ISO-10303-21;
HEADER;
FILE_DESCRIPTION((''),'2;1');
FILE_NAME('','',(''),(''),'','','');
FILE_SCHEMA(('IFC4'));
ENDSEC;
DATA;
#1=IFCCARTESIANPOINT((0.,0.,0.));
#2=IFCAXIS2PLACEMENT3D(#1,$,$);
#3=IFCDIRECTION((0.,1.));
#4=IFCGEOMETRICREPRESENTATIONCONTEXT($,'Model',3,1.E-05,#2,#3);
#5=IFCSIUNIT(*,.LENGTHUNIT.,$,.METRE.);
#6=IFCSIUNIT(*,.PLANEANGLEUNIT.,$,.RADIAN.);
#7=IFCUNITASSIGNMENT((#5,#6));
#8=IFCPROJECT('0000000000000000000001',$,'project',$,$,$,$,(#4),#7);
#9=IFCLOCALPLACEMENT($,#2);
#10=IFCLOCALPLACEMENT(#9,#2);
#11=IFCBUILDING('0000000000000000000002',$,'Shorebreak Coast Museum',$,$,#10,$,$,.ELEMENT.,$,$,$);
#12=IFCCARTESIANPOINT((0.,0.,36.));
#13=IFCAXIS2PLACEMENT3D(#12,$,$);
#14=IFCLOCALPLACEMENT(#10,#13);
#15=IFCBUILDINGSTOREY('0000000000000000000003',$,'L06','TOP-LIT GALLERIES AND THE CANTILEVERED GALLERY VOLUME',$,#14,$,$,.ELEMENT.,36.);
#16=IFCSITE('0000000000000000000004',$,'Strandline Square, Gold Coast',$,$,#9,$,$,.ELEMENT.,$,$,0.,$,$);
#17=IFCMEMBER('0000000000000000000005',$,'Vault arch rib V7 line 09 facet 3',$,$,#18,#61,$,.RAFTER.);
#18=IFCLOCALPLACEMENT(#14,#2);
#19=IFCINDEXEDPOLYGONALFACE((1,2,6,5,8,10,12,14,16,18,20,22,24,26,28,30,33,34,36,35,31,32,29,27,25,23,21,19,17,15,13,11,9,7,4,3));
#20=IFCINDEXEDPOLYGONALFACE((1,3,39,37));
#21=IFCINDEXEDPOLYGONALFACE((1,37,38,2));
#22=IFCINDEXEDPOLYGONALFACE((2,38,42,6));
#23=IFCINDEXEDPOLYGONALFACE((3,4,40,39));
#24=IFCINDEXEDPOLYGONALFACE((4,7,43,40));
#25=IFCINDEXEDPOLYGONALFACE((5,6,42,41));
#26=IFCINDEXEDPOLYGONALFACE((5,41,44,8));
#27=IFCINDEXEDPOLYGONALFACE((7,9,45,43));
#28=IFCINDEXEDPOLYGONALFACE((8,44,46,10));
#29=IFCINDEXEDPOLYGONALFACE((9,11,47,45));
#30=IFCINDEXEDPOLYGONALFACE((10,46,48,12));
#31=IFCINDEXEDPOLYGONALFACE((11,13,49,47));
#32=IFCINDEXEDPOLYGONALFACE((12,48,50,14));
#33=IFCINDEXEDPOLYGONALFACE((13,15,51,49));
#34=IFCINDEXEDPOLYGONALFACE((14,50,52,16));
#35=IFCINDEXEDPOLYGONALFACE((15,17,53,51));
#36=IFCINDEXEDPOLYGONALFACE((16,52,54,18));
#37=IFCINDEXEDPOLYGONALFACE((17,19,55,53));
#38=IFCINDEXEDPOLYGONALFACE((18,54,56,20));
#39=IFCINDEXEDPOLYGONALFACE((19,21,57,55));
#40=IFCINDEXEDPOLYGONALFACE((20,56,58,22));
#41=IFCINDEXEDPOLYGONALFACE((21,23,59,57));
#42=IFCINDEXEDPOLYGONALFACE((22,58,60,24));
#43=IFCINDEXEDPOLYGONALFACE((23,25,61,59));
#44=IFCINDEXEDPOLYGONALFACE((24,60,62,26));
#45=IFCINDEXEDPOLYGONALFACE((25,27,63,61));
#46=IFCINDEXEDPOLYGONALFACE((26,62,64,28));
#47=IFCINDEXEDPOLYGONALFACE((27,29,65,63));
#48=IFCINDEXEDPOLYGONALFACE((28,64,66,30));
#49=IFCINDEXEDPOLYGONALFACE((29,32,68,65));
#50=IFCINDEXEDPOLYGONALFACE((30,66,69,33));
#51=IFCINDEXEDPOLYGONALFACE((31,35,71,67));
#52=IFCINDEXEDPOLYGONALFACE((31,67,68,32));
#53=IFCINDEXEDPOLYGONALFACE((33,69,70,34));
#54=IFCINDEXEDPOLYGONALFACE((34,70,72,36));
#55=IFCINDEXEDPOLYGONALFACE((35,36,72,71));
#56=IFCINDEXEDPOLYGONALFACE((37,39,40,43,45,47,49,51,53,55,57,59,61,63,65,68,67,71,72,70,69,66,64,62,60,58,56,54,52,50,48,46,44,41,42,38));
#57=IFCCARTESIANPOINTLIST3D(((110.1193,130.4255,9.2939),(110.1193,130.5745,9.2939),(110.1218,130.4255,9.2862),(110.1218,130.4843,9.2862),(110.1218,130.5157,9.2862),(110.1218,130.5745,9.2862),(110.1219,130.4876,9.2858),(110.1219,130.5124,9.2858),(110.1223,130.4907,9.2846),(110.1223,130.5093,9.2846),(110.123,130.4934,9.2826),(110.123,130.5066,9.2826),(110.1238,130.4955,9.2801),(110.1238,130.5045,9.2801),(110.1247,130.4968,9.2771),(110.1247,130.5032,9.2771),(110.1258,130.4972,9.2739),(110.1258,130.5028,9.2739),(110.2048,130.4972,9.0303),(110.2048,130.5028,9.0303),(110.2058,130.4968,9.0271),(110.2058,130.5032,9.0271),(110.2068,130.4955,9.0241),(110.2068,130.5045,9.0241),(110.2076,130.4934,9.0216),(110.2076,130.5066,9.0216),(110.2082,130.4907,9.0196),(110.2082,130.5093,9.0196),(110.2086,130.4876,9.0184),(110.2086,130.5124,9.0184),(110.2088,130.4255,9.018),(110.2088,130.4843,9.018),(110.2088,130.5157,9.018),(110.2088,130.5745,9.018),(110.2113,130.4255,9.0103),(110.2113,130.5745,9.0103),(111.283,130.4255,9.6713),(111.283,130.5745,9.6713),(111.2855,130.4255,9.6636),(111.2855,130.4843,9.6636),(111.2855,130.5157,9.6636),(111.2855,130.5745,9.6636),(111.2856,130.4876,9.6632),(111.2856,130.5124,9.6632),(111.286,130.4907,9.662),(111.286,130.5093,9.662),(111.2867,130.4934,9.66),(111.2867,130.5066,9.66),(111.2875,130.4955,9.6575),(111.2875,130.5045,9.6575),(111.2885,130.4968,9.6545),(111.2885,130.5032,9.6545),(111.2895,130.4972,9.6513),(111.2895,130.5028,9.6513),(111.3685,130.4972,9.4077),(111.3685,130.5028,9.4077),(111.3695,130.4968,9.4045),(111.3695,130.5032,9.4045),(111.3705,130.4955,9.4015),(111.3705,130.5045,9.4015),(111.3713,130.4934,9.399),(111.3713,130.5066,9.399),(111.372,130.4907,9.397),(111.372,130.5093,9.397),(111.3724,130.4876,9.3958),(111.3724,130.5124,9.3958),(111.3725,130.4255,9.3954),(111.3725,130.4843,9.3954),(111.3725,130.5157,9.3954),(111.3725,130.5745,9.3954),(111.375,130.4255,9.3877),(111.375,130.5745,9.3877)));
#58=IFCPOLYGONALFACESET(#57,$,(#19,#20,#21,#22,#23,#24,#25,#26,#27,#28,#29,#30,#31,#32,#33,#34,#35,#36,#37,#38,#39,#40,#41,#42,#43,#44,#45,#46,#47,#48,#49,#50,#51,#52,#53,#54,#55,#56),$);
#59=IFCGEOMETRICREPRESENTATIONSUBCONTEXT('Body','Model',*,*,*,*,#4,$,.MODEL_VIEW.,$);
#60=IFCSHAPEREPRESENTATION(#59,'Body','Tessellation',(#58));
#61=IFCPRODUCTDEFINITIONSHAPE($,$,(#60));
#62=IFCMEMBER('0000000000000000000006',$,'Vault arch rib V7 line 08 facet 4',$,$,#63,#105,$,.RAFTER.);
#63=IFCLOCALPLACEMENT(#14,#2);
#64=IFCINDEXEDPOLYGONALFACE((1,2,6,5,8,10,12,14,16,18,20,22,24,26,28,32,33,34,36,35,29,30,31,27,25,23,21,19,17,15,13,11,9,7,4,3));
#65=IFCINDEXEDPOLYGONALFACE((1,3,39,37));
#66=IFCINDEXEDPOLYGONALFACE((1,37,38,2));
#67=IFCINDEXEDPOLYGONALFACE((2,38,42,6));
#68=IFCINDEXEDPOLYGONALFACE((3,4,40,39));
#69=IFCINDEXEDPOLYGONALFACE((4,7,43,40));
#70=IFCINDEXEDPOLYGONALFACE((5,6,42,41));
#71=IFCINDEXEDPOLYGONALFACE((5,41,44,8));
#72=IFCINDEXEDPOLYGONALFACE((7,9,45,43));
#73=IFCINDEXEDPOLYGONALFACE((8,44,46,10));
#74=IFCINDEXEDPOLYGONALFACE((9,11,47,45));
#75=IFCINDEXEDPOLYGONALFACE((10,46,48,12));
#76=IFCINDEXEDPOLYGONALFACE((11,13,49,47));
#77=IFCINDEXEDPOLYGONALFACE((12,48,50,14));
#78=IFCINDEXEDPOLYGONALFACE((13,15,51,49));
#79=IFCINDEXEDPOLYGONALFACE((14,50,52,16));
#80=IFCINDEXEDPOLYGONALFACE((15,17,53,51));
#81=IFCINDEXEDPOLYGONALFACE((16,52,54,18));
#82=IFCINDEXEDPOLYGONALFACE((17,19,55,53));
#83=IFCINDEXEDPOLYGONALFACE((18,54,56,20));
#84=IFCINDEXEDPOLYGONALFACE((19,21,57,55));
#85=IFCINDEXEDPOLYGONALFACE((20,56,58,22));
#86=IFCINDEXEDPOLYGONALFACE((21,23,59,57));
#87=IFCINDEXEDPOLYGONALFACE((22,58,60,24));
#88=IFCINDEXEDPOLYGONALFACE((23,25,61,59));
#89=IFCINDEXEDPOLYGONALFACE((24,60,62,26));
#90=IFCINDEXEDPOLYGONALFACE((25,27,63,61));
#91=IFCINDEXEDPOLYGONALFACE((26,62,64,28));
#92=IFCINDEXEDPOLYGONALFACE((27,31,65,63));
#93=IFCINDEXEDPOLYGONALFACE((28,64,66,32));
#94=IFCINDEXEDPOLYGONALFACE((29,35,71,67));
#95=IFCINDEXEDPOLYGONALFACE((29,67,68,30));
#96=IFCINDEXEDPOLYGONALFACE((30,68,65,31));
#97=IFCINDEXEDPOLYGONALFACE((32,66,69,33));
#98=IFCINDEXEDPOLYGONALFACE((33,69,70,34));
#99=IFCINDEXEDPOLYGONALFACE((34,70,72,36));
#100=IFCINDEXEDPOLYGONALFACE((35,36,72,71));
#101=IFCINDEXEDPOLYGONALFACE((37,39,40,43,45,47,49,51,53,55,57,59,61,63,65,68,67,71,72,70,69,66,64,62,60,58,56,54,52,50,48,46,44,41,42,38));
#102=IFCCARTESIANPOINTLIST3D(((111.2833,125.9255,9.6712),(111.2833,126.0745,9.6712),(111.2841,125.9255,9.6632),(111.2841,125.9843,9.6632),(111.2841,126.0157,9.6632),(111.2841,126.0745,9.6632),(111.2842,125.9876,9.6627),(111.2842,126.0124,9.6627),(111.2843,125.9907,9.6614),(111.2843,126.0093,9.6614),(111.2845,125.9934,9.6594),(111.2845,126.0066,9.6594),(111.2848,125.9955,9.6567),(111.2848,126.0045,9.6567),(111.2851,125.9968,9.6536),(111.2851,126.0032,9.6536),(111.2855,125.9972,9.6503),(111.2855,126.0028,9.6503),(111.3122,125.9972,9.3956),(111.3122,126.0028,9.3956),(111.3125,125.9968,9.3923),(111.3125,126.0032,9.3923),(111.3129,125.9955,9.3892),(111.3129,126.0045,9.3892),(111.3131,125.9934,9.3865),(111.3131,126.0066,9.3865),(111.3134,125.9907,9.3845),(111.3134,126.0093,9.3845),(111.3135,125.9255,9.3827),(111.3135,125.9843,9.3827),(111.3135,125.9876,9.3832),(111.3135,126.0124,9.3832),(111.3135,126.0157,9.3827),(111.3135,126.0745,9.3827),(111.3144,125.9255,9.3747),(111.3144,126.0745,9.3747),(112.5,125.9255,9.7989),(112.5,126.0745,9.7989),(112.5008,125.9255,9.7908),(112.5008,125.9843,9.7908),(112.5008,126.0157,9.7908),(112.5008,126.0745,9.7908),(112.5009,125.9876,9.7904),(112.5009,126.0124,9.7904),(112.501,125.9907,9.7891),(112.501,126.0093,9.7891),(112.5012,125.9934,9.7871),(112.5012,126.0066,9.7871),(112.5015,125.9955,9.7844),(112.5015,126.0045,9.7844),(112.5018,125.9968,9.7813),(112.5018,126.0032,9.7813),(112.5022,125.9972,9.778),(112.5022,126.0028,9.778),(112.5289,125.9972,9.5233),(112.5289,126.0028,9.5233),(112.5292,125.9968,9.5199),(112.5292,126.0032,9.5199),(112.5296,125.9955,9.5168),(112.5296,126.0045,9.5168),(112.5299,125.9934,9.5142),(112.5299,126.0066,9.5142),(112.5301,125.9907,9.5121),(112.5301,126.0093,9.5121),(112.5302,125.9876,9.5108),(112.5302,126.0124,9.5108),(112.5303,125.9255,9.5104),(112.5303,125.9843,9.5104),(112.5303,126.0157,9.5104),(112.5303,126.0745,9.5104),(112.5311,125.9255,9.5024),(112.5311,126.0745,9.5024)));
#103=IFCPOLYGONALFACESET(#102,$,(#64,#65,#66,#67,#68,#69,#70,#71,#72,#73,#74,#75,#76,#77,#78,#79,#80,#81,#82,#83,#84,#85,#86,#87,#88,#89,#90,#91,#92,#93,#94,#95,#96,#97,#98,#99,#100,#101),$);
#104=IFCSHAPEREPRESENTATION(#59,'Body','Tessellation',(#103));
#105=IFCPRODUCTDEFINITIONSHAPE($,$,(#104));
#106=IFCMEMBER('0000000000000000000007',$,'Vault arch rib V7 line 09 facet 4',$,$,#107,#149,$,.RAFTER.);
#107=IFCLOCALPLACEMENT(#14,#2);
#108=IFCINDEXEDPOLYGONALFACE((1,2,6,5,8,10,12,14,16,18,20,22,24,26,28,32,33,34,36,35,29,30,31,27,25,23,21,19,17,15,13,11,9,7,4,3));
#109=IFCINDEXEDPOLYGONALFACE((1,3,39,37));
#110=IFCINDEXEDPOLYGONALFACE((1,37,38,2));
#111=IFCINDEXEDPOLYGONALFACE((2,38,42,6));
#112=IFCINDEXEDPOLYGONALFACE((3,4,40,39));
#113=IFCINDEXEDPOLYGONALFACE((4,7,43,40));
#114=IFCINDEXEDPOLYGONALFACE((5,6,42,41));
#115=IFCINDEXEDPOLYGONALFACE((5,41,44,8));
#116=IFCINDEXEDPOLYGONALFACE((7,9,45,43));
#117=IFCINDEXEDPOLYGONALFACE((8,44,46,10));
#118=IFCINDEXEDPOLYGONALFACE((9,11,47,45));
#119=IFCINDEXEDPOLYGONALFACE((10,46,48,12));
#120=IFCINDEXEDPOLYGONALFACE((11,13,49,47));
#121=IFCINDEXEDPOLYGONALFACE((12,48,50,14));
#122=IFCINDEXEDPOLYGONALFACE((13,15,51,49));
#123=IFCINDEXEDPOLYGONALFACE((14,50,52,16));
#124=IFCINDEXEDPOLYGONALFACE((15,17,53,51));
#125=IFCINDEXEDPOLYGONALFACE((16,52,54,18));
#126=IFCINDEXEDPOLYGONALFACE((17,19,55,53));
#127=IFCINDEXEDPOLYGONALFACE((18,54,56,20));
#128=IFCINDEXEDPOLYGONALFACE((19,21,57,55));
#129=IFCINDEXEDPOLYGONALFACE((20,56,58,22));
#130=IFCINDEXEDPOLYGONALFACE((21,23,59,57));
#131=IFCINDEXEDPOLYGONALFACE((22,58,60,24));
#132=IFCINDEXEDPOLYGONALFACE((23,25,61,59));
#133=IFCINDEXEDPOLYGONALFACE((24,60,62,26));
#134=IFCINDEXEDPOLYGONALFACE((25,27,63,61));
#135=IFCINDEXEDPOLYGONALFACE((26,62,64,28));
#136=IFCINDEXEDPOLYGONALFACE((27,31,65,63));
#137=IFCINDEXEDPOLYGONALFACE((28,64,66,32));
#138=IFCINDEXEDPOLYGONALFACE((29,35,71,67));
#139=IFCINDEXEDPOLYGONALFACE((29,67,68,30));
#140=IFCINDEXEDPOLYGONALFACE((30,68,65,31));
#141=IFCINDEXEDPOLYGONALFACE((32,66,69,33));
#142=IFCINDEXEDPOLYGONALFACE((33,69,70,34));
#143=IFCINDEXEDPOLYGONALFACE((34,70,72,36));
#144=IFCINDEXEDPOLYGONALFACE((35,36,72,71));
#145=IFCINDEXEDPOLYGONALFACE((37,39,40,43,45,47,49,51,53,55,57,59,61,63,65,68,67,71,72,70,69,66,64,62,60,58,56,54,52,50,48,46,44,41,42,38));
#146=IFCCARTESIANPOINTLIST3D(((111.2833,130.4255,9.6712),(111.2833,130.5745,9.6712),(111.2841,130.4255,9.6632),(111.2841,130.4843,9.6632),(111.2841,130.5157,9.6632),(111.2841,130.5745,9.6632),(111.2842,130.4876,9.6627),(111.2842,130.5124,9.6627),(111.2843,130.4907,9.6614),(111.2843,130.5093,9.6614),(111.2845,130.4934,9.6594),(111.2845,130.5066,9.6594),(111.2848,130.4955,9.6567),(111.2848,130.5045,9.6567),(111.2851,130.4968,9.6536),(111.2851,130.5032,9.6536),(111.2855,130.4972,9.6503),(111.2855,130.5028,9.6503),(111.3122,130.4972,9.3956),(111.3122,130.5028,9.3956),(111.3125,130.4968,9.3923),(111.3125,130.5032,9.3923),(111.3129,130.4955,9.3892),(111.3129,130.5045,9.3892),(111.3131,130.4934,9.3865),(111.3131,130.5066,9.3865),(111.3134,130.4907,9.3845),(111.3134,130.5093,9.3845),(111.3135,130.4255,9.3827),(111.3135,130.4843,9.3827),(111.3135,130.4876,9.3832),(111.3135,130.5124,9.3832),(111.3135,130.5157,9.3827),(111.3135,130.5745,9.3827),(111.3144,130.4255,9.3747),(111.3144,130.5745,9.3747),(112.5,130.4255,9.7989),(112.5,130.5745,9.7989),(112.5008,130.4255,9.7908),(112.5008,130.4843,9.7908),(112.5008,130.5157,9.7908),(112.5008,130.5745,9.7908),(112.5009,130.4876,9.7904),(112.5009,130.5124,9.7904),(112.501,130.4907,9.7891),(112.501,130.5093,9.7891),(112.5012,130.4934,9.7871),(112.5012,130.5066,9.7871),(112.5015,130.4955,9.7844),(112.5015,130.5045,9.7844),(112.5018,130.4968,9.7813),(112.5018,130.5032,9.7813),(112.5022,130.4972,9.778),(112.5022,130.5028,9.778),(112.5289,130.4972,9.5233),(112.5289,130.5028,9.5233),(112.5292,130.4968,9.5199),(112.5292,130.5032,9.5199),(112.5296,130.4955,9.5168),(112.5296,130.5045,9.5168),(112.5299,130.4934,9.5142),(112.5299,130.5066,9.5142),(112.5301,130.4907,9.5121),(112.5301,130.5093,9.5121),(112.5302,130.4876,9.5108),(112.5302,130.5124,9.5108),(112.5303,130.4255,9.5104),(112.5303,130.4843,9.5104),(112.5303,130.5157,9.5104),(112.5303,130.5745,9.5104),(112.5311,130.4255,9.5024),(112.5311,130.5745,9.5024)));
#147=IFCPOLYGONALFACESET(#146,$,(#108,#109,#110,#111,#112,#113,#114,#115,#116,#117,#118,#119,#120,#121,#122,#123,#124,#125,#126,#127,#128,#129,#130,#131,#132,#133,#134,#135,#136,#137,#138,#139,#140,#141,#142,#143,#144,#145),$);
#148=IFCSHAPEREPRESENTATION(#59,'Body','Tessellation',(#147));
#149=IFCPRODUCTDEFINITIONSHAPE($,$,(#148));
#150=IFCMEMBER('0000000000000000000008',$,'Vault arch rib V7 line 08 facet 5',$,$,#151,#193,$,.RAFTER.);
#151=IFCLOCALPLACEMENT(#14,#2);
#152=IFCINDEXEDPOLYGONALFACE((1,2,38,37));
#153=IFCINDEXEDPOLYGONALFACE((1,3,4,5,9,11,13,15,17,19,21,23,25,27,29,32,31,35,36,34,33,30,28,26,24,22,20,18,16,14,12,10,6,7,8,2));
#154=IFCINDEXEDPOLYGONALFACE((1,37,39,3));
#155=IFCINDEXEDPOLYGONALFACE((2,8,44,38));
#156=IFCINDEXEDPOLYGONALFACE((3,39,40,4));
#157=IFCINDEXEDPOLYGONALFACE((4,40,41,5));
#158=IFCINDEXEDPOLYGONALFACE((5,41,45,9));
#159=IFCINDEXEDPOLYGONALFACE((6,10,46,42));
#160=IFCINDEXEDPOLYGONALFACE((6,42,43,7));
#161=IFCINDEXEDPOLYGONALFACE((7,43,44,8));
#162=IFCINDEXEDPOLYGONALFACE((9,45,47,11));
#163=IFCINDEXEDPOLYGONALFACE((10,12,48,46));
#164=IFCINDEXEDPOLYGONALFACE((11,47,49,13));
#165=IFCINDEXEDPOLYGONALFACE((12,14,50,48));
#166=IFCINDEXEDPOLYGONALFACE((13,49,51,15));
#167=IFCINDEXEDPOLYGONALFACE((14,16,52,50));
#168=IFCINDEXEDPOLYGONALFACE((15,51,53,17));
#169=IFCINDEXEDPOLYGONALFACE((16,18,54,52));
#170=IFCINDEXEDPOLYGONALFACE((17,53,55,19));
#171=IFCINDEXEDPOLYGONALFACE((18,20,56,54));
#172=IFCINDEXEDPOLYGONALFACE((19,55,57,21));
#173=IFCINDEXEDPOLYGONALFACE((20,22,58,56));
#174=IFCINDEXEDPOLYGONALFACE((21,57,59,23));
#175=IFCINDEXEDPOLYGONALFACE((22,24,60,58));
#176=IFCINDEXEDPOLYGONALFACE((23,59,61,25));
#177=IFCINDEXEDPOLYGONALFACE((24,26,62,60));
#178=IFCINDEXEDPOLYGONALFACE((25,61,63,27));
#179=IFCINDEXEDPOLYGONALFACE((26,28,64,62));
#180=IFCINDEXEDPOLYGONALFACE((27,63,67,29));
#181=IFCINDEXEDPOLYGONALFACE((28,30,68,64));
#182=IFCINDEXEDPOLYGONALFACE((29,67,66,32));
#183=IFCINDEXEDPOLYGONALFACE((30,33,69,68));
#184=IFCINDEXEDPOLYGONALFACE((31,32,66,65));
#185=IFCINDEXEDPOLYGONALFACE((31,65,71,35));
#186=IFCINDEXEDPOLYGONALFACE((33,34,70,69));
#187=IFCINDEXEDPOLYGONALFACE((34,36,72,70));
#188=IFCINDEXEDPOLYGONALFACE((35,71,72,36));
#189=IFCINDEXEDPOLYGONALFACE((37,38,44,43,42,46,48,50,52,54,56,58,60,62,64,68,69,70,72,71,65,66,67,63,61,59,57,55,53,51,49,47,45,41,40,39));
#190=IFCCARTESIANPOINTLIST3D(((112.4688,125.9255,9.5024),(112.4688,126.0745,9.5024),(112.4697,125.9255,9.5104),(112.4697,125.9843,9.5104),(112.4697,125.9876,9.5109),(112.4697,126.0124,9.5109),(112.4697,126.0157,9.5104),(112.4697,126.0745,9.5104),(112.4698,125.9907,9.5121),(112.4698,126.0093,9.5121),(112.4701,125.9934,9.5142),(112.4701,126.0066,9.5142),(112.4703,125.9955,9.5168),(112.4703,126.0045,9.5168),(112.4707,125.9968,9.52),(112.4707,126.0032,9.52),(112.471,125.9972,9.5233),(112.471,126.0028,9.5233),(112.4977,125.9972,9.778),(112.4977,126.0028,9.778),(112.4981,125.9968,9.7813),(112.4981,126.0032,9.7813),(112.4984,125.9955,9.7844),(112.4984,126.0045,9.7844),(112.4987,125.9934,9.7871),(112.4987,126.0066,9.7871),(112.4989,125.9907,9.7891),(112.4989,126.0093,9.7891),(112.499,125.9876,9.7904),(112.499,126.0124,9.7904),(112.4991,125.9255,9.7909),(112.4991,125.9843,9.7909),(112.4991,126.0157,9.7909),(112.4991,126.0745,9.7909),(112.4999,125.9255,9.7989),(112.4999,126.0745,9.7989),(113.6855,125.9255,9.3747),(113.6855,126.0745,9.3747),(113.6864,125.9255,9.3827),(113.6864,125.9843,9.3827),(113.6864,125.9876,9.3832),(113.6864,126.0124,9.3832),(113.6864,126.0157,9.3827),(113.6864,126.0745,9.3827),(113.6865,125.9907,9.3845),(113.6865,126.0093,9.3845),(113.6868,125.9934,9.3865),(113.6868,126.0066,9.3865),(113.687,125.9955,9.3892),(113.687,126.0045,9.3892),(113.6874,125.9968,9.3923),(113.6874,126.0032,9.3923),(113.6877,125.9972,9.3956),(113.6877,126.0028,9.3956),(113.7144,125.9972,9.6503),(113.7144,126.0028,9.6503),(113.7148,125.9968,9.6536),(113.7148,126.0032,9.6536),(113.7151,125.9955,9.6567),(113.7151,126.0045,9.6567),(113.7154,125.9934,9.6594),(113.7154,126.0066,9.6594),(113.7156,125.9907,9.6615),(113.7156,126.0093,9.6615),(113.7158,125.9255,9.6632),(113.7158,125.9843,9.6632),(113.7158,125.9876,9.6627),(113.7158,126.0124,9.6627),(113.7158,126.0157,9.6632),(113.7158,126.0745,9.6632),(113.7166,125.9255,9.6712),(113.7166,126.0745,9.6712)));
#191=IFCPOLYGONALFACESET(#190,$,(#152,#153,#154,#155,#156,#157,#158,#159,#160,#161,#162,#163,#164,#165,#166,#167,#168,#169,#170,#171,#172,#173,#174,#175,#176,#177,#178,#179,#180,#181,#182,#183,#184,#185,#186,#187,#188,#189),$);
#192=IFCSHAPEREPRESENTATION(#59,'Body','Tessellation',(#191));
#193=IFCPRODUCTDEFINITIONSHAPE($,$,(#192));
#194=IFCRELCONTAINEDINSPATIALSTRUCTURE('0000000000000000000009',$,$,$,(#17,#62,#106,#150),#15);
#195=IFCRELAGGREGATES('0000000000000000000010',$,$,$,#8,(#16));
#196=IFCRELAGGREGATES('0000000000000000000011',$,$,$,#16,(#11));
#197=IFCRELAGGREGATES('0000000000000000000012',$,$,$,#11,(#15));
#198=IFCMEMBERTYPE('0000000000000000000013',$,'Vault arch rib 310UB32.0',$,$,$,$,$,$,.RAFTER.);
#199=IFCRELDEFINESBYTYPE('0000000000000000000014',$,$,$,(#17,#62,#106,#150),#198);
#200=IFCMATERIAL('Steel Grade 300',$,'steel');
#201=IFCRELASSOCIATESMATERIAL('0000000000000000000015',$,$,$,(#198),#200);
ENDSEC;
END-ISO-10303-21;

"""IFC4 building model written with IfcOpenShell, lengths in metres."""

from ifc_helpers import new_model, si_unit, direction, frame, origin, origin_2d, place, context, subcontext, project, spatial, i_section, extrude, material, material_profile, profile_set, type_object, element, save


model = new_model("IFC4")

# Units and contexts
model_context = context("Model", 3, precision=1e-05, world=origin(), true_north=direction((0.0, 1.0)))
body_context = subcontext(model_context, "Body", "Model", "MODEL_VIEW")
ifc_project = project(units=[si_unit("LENGTHUNIT", "METRE"), si_unit("PLANEANGLEUNIT", "RADIAN")], contexts=[model_context])

# Site, building, storey
site_placement = place(None, origin())
site = spatial("IfcSite", under=ifc_project, at=site_placement, Name="Strandline Square, Gold Coast", CompositionType="ELEMENT", RefElevation=0.0)
building_placement = place(site_placement, origin())
building = spatial("IfcBuilding", under=site, at=building_placement, Name="Shorebreak Coast Museum", CompositionType="ELEMENT")
storey_placement = place(building_placement, frame((0.0, 0.0, 36.0)))
storey = spatial("IfcBuildingStorey", under=building, at=storey_placement, Name="L06", Description="TOP-LIT GALLERIES AND THE CANTILEVERED GALLERY VOLUME", CompositionType="ELEMENT", Elevation=36.0)

# Members
ifc_material_1 = material(Name="Steel Grade 300", Category="steel")
ifc_material_profile_1 = material_profile(ifc_material_1, i_section(OverallWidth=0.1489, OverallDepth=0.2981, WebThickness=0.0056, FlangeThickness=0.0081, FilletRadius=0.0129, at=origin_2d()), Name="310UB32.0")
ifc_profile_set_1 = profile_set([ifc_material_profile_1], Name="Steel Grade 300")
member_type_1 = type_object("IfcMemberType", Name="Vault arch rib 310UB32.0", PredefinedType="RAFTER", material=ifc_profile_set_1)
for number, where, z_axis, x_axis, name in (
    (1, (110.1653, 130.5, 9.1521), (0.951226, 0.0, 0.308495), (0.0, 1.0, 0.0), "Vault arch rib V7 line 09 facet 3"),
    (2, (111.2988, 126.0, 9.5229), (0.994539, 0.0, 0.104363), (0.0, 1.0, 0.0), "Vault arch rib V7 line 08 facet 4"),
    (3, (111.2988, 130.5, 9.5229), (0.994539, 0.0, 0.104363), (0.0, 1.0, 0.0), "Vault arch rib V7 line 09 facet 4"),
    (4, (112.4844, 126.0, 9.6506), (0.994539, 0.0, -0.104363), (0.0, 1.0, 0.0), "Vault arch rib V7 line 08 facet 5"),
):
    element("IfcMember", number, at=place(storey_placement, frame(where, z_axis=z_axis, x_axis=x_axis)), inside=storey, type_object=member_type_1, Name=name, PredefinedType="RAFTER", context=body_context, shape_type="SweptSolid", body=[
        extrude(i_section(OverallWidth=0.1489, OverallDepth=0.2981, WebThickness=0.0056, FlangeThickness=0.0081, FilletRadius=0.0129, at=origin_2d()), origin(), (0.0, 0.0, 1.0), 1.2234),
    ])

save(model, "model.ifc")
